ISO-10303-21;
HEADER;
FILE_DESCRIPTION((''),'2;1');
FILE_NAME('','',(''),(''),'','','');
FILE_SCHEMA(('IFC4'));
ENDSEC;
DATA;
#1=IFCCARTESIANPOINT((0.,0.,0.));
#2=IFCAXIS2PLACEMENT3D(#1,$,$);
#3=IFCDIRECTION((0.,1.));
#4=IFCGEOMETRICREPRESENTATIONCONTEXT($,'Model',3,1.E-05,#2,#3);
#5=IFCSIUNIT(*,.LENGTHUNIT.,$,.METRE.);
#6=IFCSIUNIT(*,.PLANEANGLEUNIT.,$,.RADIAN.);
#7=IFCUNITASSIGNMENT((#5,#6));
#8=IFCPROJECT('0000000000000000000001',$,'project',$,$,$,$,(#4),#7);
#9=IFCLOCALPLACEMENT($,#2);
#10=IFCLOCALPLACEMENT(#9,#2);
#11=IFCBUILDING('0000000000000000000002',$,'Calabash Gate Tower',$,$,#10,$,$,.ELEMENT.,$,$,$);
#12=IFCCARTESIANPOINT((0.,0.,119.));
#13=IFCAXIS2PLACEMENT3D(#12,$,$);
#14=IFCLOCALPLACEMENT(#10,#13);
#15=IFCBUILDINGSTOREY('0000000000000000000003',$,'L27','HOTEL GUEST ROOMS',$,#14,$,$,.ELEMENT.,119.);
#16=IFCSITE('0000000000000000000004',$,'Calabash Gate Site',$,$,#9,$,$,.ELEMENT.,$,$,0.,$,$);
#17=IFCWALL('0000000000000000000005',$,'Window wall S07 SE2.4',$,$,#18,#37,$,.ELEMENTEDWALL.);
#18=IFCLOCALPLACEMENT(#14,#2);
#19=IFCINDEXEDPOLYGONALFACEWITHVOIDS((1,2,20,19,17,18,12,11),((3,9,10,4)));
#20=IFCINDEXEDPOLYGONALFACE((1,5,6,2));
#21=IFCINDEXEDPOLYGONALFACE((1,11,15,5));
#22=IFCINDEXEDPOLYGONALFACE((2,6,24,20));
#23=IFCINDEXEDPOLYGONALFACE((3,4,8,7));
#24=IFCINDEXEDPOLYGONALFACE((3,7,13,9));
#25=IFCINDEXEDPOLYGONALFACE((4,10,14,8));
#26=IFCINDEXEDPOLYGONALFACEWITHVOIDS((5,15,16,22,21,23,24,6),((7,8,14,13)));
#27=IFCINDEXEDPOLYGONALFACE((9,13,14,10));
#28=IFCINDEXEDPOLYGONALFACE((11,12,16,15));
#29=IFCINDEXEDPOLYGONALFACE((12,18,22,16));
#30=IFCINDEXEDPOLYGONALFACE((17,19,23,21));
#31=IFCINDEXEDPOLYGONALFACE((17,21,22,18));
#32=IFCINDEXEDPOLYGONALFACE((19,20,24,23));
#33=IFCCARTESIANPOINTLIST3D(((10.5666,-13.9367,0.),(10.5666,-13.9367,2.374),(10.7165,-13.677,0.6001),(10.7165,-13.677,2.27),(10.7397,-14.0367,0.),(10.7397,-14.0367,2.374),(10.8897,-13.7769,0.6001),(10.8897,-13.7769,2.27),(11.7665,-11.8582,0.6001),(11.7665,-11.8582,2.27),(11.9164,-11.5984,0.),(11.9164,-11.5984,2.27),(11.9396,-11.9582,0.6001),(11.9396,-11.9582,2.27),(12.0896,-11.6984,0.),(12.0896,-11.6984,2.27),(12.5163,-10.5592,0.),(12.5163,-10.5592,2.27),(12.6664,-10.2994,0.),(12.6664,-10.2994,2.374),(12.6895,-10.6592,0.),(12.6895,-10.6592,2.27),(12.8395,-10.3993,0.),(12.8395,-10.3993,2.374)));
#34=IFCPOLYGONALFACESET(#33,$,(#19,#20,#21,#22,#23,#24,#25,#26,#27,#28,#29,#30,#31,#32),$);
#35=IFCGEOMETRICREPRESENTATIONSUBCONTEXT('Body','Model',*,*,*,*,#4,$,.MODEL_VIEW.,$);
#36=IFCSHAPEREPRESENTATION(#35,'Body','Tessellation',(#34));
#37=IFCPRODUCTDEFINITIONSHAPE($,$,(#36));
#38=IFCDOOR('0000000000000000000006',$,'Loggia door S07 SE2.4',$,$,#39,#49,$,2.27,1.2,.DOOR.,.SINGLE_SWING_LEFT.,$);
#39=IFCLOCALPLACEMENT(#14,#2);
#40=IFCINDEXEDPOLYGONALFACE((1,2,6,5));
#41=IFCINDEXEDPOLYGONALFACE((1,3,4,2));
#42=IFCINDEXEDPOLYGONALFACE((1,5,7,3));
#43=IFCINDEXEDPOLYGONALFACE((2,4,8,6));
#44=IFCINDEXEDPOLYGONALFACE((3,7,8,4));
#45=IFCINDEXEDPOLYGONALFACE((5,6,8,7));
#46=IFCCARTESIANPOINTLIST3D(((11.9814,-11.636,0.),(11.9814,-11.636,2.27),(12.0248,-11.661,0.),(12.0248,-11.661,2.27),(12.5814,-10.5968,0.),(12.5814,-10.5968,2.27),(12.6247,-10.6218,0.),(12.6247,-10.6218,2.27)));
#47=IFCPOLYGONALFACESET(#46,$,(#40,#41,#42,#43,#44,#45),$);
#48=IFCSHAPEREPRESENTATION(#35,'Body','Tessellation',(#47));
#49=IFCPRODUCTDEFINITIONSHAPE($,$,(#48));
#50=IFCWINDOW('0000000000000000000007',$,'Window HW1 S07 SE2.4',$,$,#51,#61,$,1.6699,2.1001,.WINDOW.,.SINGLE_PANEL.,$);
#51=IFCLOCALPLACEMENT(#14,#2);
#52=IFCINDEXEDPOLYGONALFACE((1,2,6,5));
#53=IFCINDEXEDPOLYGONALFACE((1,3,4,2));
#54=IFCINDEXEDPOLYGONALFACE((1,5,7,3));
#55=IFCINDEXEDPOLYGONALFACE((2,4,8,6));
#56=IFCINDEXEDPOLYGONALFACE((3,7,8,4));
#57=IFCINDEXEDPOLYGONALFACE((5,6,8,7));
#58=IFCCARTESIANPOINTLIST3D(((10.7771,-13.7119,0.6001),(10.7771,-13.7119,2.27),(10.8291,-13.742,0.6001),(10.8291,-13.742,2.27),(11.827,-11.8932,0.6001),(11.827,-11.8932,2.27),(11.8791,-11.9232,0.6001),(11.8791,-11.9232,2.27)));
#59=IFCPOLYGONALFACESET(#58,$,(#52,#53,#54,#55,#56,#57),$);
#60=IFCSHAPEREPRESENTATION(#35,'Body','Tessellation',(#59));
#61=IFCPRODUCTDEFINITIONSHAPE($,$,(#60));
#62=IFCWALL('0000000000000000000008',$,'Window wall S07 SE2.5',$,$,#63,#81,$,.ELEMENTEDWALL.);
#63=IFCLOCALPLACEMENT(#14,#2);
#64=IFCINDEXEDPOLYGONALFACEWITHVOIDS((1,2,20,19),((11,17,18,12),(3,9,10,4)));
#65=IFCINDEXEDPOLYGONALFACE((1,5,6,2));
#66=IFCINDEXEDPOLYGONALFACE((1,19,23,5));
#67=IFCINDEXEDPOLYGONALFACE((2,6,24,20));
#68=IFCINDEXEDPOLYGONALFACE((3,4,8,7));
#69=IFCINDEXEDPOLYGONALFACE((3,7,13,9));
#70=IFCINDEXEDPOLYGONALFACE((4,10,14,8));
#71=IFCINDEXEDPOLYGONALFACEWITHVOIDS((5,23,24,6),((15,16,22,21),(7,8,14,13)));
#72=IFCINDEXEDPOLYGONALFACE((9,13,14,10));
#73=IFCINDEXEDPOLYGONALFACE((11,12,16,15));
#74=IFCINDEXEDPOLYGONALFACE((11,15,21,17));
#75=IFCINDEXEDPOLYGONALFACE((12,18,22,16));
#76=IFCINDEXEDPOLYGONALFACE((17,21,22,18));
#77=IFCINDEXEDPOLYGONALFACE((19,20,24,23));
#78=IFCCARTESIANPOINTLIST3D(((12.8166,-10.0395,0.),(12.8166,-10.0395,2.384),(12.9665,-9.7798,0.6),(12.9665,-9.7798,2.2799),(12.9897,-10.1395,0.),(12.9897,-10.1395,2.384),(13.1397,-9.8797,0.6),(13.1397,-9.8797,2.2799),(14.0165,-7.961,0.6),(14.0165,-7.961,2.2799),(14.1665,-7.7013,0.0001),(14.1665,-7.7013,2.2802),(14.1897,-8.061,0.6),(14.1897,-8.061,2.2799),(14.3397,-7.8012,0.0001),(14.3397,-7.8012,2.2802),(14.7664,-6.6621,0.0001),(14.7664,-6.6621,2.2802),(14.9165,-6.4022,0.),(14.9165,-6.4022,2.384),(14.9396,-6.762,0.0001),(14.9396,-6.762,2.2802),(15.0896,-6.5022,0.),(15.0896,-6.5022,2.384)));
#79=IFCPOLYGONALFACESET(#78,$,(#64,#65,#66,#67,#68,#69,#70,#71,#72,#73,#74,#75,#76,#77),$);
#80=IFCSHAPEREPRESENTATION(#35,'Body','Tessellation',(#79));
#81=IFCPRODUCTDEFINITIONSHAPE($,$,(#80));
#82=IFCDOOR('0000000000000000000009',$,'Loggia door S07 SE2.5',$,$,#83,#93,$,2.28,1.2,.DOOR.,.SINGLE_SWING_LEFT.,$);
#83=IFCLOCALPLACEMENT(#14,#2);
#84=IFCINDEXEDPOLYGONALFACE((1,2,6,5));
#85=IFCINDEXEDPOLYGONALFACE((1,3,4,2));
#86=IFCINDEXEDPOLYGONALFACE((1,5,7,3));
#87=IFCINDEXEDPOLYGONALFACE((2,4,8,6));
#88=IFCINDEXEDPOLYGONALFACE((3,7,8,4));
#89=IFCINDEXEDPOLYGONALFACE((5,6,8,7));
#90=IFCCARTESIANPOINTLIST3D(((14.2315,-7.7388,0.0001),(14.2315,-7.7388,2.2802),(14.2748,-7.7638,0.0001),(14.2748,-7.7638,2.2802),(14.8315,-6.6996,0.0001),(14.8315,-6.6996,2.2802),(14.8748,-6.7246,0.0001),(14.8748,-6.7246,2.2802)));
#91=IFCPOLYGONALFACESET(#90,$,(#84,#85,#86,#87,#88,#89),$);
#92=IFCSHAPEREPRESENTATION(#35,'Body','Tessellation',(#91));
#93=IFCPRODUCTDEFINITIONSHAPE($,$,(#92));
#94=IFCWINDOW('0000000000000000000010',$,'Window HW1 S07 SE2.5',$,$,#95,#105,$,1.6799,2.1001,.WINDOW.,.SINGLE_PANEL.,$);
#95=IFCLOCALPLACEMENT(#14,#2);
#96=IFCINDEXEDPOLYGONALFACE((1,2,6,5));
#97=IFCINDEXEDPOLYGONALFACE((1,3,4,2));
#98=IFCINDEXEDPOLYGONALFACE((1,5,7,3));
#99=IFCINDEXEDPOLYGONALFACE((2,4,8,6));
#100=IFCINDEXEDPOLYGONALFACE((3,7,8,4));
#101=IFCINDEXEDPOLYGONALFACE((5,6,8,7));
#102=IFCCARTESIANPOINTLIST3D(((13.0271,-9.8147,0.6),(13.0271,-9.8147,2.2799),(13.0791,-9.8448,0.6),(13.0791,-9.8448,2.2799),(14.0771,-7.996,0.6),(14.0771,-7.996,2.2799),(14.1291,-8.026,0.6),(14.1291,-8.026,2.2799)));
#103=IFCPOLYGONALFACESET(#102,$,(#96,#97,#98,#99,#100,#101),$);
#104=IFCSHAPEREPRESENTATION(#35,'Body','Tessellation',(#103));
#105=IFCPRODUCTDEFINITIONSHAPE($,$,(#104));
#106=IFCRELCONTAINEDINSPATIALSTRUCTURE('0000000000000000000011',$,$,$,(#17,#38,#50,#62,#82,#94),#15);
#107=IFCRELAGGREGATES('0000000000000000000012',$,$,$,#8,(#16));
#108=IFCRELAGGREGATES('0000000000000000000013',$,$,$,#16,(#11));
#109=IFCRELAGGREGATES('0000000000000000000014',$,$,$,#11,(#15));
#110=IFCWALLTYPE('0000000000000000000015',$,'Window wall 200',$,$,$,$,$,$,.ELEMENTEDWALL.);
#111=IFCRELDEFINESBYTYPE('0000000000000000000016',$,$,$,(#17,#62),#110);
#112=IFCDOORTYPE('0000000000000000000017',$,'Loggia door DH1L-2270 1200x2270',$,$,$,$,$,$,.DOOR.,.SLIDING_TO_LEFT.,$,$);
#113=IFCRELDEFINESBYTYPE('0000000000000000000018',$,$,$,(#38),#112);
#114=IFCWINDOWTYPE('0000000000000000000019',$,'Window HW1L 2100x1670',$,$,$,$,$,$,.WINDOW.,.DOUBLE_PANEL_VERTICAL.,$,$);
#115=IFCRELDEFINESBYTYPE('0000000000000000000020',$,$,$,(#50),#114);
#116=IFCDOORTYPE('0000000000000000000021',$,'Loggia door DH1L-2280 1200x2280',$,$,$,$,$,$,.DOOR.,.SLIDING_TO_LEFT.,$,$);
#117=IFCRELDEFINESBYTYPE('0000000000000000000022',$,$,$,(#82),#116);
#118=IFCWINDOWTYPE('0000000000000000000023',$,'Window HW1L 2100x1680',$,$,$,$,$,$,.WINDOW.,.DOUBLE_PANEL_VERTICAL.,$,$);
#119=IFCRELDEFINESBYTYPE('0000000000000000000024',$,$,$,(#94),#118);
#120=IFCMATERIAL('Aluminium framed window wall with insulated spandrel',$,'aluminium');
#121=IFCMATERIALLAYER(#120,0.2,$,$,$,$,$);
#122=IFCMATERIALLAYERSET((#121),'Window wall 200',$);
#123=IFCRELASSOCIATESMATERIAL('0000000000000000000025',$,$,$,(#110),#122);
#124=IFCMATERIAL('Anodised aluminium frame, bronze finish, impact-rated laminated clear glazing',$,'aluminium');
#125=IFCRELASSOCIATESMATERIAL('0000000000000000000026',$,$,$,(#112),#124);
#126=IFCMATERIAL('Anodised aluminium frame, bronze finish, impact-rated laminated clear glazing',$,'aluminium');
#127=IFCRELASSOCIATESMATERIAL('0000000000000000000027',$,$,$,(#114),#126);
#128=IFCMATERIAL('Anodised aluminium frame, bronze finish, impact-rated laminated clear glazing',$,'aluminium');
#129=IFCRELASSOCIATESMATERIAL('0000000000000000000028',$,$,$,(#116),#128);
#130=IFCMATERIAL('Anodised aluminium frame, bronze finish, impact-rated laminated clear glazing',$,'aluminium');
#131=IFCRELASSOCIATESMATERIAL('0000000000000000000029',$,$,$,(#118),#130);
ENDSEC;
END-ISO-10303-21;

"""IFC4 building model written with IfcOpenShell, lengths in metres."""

from ifc_helpers import new_model, si_unit, direction, frame, frame_2d, origin, place, context, subcontext, project, spatial, rectangle, extrude, material, layer, layer_set, type_object, element, fill, save


model = new_model("IFC4")

# Units and contexts
model_context = context("Model", 3, precision=1e-05, world=origin(), true_north=direction((0.0, 1.0)))
body_context = subcontext(model_context, "Body", "Model", "MODEL_VIEW")
ifc_project = project(units=[si_unit("LENGTHUNIT", "METRE"), si_unit("PLANEANGLEUNIT", "RADIAN")], contexts=[model_context])

# Site, building, storey
site_placement = place(None, origin())
site = spatial("IfcSite", under=ifc_project, at=site_placement, Name="Calabash Gate Site", CompositionType="ELEMENT", RefElevation=0.0)
building_placement = place(site_placement, origin())
building = spatial("IfcBuilding", under=site, at=building_placement, Name="Calabash Gate Tower", CompositionType="ELEMENT")
storey_placement = place(building_placement, frame((0.0, 0.0, 119.0)))
storey = spatial("IfcBuildingStorey", under=building, at=storey_placement, Name="L27", Description="HOTEL GUEST ROOMS", CompositionType="ELEMENT", Elevation=119.0)

# Shared definitions
ifc_material_1 = material(Name="Aluminium framed window wall with insulated spandrel", Category="aluminium")
ifc_layer_1 = layer(ifc_material_1, 0.2)
ifc_layer_set_1 = layer_set([ifc_layer_1], Name="Window wall 200")
wall_type_1 = type_object("IfcWallType", Name="Window wall 200", PredefinedType="ELEMENTEDWALL", material=ifc_layer_set_1)

# Walls, openings, doors, windows
wall_1_placement = place(storey_placement, frame((10.6531, -13.9868, 0.0), z_axis=(0.0, 0.0, 1.0), x_axis=(0.499959, 0.866049, 0.0)))
wall_1 = element("IfcWall", 1, at=wall_1_placement, inside=storey, type_object=wall_type_1, Name="Window wall S07 SE2.4", PredefinedType="ELEMENTEDWALL", context=body_context, shape_type="SweptSolid", body=[
    extrude(rectangle(XDim=4.2, YDim=0.2, at=frame_2d((2.1001, 0.0))), origin(), (0.0, 0.0, 1.0), 2.374),
])
opening_1_placement = place(wall_1_placement, frame((0.3, 0.0, 0.6001)))
opening_1 = element("IfcOpeningElement", 2, at=opening_1_placement, cuts=wall_1, PredefinedType="OPENING", context=body_context, shape_type="SweptSolid", body=[
    extrude(rectangle(XDim=2.1001, YDim=1.6699, at=frame_2d((1.05, 0.835))), frame((0.0, 0.1099, 0.0), z_axis=(0.0, -1.0, 0.0), x_axis=(1.0, 0.0, 0.0)), (0.0, 0.0, 1.0), 0.22),
])
opening_2_placement = place(wall_1_placement, frame((2.7, 0.0, 0.0)))
opening_2 = element("IfcOpeningElement", 3, at=opening_2_placement, cuts=wall_1, PredefinedType="OPENING", context=body_context, shape_type="SweptSolid", body=[
    extrude(rectangle(XDim=1.2, YDim=2.27, at=frame_2d((0.6001, 1.135))), frame((0.0, 0.1099, 0.0), z_axis=(0.0, -1.0, 0.0), x_axis=(1.0, 0.0, 0.0)), (0.0, 0.0, 1.0), 0.22),
])
ifc_material_2 = material(Name="Anodised aluminium frame, bronze finish, impact-rated laminated clear glazing", Category="aluminium")
door_type_1 = type_object("IfcDoorType", Name="Loggia door DH1L-2270 1200x2270", OperationType="SLIDING_TO_LEFT", PredefinedType="DOOR", material=ifc_material_2)
door_1_placement = place(opening_2_placement, origin())
door_1 = element("IfcDoor", 4, at=door_1_placement, inside=storey, type_object=door_type_1, Name="Loggia door S07 SE2.4", OperationType="SINGLE_SWING_LEFT", OverallHeight=2.27, OverallWidth=1.2, PredefinedType="DOOR", context=body_context, shape_type="SweptSolid", body=[
    extrude(rectangle(XDim=1.2, YDim=2.27, at=frame_2d((0.6001, 1.135))), frame((0.0, 0.0249, 0.0), z_axis=(0.0, -1.0, 0.0), x_axis=(1.0, 0.0, 0.0)), (0.0, 0.0, 1.0), 0.05),
])
fill(opening_2, door_1)
ifc_material_3 = material(Name="Anodised aluminium frame, bronze finish, impact-rated laminated clear glazing", Category="aluminium")
window_type_1 = type_object("IfcWindowType", Name="Window HW1L 2100x1670", PartitioningType="DOUBLE_PANEL_VERTICAL", PredefinedType="WINDOW", material=ifc_material_3)
window_1_placement = place(opening_1_placement, origin())
window_1 = element("IfcWindow", 5, at=window_1_placement, inside=storey, type_object=window_type_1, Name="Window HW1 S07 SE2.4", OverallHeight=1.6699, OverallWidth=2.1001, PartitioningType="SINGLE_PANEL", PredefinedType="WINDOW", context=body_context, shape_type="SweptSolid", body=[
    extrude(rectangle(XDim=2.1001, YDim=1.6699, at=frame_2d((1.05, 0.835))), frame((0.0, 0.03, 0.0), z_axis=(0.0, -1.0, 0.0), x_axis=(1.0, 0.0, 0.0)), (0.0, 0.0, 1.0), 0.0601),
])
fill(opening_1, window_1)
wall_2_placement = place(storey_placement, frame((12.9031, -10.0896, 0.0), z_axis=(0.0, 0.0, 1.0), x_axis=(0.499984, 0.866035, 0.0)))
wall_2 = element("IfcWall", 6, at=wall_2_placement, inside=storey, type_object=wall_type_1, Name="Window wall S07 SE2.5", PredefinedType="ELEMENTEDWALL", context=body_context, shape_type="SweptSolid", body=[
    extrude(rectangle(XDim=4.2, YDim=0.2, at=frame_2d((2.1001, 0.0))), origin(), (0.0, 0.0, 1.0), 2.384),
])
opening_3_placement = place(wall_2_placement, frame((0.3, 0.0, 0.6001)))
opening_3 = element("IfcOpeningElement", 7, at=opening_3_placement, cuts=wall_2, PredefinedType="OPENING", context=body_context, shape_type="SweptSolid", body=[
    extrude(rectangle(XDim=2.1001, YDim=1.6799, at=frame_2d((1.05, 0.8398))), frame((0.0, 0.1099, 0.0), z_axis=(0.0, -1.0, 0.0), x_axis=(1.0, 0.0, 0.0)), (0.0, 0.0, 1.0), 0.22),
])
opening_4_placement = place(wall_2_placement, frame((2.7, 0.0, 0.0)))
opening_4 = element("IfcOpeningElement", 8, at=opening_4_placement, cuts=wall_2, PredefinedType="OPENING", context=body_context, shape_type="SweptSolid", body=[
    extrude(rectangle(XDim=1.2, YDim=2.28, at=frame_2d((0.6001, 1.1401))), frame((0.0, 0.1099, 0.0), z_axis=(0.0, -1.0, 0.0), x_axis=(1.0, 0.0, 0.0)), (0.0, 0.0, 1.0), 0.22),
])
ifc_material_4 = material(Name="Anodised aluminium frame, bronze finish, impact-rated laminated clear glazing", Category="aluminium")
door_type_2 = type_object("IfcDoorType", Name="Loggia door DH1L-2280 1200x2280", OperationType="SLIDING_TO_LEFT", PredefinedType="DOOR", material=ifc_material_4)
door_2_placement = place(opening_4_placement, origin())
door_2 = element("IfcDoor", 9, at=door_2_placement, inside=storey, type_object=door_type_2, Name="Loggia door S07 SE2.5", OperationType="SINGLE_SWING_LEFT", OverallHeight=2.28, OverallWidth=1.2, PredefinedType="DOOR", context=body_context, shape_type="SweptSolid", body=[
    extrude(rectangle(XDim=1.2, YDim=2.28, at=frame_2d((0.6001, 1.1401))), frame((0.0, 0.0249, 0.0), z_axis=(0.0, -1.0, 0.0), x_axis=(1.0, 0.0, 0.0)), (0.0, 0.0, 1.0), 0.05),
])
fill(opening_4, door_2)
ifc_material_5 = material(Name="Anodised aluminium frame, bronze finish, impact-rated laminated clear glazing", Category="aluminium")
window_type_2 = type_object("IfcWindowType", Name="Window HW1L 2100x1680", PartitioningType="DOUBLE_PANEL_VERTICAL", PredefinedType="WINDOW", material=ifc_material_5)
window_2_placement = place(opening_3_placement, origin())
window_2 = element("IfcWindow", 10, at=window_2_placement, inside=storey, type_object=window_type_2, Name="Window HW1 S07 SE2.5", OverallHeight=1.6799, OverallWidth=2.1001, PartitioningType="SINGLE_PANEL", PredefinedType="WINDOW", context=body_context, shape_type="SweptSolid", body=[
    extrude(rectangle(XDim=2.1001, YDim=1.6799, at=frame_2d((1.05, 0.8398))), frame((0.0, 0.03, 0.0), z_axis=(0.0, -1.0, 0.0), x_axis=(1.0, 0.0, 0.0)), (0.0, 0.0, 1.0), 0.0601),
])
fill(opening_3, window_2)

save(model, "model.ifc")
